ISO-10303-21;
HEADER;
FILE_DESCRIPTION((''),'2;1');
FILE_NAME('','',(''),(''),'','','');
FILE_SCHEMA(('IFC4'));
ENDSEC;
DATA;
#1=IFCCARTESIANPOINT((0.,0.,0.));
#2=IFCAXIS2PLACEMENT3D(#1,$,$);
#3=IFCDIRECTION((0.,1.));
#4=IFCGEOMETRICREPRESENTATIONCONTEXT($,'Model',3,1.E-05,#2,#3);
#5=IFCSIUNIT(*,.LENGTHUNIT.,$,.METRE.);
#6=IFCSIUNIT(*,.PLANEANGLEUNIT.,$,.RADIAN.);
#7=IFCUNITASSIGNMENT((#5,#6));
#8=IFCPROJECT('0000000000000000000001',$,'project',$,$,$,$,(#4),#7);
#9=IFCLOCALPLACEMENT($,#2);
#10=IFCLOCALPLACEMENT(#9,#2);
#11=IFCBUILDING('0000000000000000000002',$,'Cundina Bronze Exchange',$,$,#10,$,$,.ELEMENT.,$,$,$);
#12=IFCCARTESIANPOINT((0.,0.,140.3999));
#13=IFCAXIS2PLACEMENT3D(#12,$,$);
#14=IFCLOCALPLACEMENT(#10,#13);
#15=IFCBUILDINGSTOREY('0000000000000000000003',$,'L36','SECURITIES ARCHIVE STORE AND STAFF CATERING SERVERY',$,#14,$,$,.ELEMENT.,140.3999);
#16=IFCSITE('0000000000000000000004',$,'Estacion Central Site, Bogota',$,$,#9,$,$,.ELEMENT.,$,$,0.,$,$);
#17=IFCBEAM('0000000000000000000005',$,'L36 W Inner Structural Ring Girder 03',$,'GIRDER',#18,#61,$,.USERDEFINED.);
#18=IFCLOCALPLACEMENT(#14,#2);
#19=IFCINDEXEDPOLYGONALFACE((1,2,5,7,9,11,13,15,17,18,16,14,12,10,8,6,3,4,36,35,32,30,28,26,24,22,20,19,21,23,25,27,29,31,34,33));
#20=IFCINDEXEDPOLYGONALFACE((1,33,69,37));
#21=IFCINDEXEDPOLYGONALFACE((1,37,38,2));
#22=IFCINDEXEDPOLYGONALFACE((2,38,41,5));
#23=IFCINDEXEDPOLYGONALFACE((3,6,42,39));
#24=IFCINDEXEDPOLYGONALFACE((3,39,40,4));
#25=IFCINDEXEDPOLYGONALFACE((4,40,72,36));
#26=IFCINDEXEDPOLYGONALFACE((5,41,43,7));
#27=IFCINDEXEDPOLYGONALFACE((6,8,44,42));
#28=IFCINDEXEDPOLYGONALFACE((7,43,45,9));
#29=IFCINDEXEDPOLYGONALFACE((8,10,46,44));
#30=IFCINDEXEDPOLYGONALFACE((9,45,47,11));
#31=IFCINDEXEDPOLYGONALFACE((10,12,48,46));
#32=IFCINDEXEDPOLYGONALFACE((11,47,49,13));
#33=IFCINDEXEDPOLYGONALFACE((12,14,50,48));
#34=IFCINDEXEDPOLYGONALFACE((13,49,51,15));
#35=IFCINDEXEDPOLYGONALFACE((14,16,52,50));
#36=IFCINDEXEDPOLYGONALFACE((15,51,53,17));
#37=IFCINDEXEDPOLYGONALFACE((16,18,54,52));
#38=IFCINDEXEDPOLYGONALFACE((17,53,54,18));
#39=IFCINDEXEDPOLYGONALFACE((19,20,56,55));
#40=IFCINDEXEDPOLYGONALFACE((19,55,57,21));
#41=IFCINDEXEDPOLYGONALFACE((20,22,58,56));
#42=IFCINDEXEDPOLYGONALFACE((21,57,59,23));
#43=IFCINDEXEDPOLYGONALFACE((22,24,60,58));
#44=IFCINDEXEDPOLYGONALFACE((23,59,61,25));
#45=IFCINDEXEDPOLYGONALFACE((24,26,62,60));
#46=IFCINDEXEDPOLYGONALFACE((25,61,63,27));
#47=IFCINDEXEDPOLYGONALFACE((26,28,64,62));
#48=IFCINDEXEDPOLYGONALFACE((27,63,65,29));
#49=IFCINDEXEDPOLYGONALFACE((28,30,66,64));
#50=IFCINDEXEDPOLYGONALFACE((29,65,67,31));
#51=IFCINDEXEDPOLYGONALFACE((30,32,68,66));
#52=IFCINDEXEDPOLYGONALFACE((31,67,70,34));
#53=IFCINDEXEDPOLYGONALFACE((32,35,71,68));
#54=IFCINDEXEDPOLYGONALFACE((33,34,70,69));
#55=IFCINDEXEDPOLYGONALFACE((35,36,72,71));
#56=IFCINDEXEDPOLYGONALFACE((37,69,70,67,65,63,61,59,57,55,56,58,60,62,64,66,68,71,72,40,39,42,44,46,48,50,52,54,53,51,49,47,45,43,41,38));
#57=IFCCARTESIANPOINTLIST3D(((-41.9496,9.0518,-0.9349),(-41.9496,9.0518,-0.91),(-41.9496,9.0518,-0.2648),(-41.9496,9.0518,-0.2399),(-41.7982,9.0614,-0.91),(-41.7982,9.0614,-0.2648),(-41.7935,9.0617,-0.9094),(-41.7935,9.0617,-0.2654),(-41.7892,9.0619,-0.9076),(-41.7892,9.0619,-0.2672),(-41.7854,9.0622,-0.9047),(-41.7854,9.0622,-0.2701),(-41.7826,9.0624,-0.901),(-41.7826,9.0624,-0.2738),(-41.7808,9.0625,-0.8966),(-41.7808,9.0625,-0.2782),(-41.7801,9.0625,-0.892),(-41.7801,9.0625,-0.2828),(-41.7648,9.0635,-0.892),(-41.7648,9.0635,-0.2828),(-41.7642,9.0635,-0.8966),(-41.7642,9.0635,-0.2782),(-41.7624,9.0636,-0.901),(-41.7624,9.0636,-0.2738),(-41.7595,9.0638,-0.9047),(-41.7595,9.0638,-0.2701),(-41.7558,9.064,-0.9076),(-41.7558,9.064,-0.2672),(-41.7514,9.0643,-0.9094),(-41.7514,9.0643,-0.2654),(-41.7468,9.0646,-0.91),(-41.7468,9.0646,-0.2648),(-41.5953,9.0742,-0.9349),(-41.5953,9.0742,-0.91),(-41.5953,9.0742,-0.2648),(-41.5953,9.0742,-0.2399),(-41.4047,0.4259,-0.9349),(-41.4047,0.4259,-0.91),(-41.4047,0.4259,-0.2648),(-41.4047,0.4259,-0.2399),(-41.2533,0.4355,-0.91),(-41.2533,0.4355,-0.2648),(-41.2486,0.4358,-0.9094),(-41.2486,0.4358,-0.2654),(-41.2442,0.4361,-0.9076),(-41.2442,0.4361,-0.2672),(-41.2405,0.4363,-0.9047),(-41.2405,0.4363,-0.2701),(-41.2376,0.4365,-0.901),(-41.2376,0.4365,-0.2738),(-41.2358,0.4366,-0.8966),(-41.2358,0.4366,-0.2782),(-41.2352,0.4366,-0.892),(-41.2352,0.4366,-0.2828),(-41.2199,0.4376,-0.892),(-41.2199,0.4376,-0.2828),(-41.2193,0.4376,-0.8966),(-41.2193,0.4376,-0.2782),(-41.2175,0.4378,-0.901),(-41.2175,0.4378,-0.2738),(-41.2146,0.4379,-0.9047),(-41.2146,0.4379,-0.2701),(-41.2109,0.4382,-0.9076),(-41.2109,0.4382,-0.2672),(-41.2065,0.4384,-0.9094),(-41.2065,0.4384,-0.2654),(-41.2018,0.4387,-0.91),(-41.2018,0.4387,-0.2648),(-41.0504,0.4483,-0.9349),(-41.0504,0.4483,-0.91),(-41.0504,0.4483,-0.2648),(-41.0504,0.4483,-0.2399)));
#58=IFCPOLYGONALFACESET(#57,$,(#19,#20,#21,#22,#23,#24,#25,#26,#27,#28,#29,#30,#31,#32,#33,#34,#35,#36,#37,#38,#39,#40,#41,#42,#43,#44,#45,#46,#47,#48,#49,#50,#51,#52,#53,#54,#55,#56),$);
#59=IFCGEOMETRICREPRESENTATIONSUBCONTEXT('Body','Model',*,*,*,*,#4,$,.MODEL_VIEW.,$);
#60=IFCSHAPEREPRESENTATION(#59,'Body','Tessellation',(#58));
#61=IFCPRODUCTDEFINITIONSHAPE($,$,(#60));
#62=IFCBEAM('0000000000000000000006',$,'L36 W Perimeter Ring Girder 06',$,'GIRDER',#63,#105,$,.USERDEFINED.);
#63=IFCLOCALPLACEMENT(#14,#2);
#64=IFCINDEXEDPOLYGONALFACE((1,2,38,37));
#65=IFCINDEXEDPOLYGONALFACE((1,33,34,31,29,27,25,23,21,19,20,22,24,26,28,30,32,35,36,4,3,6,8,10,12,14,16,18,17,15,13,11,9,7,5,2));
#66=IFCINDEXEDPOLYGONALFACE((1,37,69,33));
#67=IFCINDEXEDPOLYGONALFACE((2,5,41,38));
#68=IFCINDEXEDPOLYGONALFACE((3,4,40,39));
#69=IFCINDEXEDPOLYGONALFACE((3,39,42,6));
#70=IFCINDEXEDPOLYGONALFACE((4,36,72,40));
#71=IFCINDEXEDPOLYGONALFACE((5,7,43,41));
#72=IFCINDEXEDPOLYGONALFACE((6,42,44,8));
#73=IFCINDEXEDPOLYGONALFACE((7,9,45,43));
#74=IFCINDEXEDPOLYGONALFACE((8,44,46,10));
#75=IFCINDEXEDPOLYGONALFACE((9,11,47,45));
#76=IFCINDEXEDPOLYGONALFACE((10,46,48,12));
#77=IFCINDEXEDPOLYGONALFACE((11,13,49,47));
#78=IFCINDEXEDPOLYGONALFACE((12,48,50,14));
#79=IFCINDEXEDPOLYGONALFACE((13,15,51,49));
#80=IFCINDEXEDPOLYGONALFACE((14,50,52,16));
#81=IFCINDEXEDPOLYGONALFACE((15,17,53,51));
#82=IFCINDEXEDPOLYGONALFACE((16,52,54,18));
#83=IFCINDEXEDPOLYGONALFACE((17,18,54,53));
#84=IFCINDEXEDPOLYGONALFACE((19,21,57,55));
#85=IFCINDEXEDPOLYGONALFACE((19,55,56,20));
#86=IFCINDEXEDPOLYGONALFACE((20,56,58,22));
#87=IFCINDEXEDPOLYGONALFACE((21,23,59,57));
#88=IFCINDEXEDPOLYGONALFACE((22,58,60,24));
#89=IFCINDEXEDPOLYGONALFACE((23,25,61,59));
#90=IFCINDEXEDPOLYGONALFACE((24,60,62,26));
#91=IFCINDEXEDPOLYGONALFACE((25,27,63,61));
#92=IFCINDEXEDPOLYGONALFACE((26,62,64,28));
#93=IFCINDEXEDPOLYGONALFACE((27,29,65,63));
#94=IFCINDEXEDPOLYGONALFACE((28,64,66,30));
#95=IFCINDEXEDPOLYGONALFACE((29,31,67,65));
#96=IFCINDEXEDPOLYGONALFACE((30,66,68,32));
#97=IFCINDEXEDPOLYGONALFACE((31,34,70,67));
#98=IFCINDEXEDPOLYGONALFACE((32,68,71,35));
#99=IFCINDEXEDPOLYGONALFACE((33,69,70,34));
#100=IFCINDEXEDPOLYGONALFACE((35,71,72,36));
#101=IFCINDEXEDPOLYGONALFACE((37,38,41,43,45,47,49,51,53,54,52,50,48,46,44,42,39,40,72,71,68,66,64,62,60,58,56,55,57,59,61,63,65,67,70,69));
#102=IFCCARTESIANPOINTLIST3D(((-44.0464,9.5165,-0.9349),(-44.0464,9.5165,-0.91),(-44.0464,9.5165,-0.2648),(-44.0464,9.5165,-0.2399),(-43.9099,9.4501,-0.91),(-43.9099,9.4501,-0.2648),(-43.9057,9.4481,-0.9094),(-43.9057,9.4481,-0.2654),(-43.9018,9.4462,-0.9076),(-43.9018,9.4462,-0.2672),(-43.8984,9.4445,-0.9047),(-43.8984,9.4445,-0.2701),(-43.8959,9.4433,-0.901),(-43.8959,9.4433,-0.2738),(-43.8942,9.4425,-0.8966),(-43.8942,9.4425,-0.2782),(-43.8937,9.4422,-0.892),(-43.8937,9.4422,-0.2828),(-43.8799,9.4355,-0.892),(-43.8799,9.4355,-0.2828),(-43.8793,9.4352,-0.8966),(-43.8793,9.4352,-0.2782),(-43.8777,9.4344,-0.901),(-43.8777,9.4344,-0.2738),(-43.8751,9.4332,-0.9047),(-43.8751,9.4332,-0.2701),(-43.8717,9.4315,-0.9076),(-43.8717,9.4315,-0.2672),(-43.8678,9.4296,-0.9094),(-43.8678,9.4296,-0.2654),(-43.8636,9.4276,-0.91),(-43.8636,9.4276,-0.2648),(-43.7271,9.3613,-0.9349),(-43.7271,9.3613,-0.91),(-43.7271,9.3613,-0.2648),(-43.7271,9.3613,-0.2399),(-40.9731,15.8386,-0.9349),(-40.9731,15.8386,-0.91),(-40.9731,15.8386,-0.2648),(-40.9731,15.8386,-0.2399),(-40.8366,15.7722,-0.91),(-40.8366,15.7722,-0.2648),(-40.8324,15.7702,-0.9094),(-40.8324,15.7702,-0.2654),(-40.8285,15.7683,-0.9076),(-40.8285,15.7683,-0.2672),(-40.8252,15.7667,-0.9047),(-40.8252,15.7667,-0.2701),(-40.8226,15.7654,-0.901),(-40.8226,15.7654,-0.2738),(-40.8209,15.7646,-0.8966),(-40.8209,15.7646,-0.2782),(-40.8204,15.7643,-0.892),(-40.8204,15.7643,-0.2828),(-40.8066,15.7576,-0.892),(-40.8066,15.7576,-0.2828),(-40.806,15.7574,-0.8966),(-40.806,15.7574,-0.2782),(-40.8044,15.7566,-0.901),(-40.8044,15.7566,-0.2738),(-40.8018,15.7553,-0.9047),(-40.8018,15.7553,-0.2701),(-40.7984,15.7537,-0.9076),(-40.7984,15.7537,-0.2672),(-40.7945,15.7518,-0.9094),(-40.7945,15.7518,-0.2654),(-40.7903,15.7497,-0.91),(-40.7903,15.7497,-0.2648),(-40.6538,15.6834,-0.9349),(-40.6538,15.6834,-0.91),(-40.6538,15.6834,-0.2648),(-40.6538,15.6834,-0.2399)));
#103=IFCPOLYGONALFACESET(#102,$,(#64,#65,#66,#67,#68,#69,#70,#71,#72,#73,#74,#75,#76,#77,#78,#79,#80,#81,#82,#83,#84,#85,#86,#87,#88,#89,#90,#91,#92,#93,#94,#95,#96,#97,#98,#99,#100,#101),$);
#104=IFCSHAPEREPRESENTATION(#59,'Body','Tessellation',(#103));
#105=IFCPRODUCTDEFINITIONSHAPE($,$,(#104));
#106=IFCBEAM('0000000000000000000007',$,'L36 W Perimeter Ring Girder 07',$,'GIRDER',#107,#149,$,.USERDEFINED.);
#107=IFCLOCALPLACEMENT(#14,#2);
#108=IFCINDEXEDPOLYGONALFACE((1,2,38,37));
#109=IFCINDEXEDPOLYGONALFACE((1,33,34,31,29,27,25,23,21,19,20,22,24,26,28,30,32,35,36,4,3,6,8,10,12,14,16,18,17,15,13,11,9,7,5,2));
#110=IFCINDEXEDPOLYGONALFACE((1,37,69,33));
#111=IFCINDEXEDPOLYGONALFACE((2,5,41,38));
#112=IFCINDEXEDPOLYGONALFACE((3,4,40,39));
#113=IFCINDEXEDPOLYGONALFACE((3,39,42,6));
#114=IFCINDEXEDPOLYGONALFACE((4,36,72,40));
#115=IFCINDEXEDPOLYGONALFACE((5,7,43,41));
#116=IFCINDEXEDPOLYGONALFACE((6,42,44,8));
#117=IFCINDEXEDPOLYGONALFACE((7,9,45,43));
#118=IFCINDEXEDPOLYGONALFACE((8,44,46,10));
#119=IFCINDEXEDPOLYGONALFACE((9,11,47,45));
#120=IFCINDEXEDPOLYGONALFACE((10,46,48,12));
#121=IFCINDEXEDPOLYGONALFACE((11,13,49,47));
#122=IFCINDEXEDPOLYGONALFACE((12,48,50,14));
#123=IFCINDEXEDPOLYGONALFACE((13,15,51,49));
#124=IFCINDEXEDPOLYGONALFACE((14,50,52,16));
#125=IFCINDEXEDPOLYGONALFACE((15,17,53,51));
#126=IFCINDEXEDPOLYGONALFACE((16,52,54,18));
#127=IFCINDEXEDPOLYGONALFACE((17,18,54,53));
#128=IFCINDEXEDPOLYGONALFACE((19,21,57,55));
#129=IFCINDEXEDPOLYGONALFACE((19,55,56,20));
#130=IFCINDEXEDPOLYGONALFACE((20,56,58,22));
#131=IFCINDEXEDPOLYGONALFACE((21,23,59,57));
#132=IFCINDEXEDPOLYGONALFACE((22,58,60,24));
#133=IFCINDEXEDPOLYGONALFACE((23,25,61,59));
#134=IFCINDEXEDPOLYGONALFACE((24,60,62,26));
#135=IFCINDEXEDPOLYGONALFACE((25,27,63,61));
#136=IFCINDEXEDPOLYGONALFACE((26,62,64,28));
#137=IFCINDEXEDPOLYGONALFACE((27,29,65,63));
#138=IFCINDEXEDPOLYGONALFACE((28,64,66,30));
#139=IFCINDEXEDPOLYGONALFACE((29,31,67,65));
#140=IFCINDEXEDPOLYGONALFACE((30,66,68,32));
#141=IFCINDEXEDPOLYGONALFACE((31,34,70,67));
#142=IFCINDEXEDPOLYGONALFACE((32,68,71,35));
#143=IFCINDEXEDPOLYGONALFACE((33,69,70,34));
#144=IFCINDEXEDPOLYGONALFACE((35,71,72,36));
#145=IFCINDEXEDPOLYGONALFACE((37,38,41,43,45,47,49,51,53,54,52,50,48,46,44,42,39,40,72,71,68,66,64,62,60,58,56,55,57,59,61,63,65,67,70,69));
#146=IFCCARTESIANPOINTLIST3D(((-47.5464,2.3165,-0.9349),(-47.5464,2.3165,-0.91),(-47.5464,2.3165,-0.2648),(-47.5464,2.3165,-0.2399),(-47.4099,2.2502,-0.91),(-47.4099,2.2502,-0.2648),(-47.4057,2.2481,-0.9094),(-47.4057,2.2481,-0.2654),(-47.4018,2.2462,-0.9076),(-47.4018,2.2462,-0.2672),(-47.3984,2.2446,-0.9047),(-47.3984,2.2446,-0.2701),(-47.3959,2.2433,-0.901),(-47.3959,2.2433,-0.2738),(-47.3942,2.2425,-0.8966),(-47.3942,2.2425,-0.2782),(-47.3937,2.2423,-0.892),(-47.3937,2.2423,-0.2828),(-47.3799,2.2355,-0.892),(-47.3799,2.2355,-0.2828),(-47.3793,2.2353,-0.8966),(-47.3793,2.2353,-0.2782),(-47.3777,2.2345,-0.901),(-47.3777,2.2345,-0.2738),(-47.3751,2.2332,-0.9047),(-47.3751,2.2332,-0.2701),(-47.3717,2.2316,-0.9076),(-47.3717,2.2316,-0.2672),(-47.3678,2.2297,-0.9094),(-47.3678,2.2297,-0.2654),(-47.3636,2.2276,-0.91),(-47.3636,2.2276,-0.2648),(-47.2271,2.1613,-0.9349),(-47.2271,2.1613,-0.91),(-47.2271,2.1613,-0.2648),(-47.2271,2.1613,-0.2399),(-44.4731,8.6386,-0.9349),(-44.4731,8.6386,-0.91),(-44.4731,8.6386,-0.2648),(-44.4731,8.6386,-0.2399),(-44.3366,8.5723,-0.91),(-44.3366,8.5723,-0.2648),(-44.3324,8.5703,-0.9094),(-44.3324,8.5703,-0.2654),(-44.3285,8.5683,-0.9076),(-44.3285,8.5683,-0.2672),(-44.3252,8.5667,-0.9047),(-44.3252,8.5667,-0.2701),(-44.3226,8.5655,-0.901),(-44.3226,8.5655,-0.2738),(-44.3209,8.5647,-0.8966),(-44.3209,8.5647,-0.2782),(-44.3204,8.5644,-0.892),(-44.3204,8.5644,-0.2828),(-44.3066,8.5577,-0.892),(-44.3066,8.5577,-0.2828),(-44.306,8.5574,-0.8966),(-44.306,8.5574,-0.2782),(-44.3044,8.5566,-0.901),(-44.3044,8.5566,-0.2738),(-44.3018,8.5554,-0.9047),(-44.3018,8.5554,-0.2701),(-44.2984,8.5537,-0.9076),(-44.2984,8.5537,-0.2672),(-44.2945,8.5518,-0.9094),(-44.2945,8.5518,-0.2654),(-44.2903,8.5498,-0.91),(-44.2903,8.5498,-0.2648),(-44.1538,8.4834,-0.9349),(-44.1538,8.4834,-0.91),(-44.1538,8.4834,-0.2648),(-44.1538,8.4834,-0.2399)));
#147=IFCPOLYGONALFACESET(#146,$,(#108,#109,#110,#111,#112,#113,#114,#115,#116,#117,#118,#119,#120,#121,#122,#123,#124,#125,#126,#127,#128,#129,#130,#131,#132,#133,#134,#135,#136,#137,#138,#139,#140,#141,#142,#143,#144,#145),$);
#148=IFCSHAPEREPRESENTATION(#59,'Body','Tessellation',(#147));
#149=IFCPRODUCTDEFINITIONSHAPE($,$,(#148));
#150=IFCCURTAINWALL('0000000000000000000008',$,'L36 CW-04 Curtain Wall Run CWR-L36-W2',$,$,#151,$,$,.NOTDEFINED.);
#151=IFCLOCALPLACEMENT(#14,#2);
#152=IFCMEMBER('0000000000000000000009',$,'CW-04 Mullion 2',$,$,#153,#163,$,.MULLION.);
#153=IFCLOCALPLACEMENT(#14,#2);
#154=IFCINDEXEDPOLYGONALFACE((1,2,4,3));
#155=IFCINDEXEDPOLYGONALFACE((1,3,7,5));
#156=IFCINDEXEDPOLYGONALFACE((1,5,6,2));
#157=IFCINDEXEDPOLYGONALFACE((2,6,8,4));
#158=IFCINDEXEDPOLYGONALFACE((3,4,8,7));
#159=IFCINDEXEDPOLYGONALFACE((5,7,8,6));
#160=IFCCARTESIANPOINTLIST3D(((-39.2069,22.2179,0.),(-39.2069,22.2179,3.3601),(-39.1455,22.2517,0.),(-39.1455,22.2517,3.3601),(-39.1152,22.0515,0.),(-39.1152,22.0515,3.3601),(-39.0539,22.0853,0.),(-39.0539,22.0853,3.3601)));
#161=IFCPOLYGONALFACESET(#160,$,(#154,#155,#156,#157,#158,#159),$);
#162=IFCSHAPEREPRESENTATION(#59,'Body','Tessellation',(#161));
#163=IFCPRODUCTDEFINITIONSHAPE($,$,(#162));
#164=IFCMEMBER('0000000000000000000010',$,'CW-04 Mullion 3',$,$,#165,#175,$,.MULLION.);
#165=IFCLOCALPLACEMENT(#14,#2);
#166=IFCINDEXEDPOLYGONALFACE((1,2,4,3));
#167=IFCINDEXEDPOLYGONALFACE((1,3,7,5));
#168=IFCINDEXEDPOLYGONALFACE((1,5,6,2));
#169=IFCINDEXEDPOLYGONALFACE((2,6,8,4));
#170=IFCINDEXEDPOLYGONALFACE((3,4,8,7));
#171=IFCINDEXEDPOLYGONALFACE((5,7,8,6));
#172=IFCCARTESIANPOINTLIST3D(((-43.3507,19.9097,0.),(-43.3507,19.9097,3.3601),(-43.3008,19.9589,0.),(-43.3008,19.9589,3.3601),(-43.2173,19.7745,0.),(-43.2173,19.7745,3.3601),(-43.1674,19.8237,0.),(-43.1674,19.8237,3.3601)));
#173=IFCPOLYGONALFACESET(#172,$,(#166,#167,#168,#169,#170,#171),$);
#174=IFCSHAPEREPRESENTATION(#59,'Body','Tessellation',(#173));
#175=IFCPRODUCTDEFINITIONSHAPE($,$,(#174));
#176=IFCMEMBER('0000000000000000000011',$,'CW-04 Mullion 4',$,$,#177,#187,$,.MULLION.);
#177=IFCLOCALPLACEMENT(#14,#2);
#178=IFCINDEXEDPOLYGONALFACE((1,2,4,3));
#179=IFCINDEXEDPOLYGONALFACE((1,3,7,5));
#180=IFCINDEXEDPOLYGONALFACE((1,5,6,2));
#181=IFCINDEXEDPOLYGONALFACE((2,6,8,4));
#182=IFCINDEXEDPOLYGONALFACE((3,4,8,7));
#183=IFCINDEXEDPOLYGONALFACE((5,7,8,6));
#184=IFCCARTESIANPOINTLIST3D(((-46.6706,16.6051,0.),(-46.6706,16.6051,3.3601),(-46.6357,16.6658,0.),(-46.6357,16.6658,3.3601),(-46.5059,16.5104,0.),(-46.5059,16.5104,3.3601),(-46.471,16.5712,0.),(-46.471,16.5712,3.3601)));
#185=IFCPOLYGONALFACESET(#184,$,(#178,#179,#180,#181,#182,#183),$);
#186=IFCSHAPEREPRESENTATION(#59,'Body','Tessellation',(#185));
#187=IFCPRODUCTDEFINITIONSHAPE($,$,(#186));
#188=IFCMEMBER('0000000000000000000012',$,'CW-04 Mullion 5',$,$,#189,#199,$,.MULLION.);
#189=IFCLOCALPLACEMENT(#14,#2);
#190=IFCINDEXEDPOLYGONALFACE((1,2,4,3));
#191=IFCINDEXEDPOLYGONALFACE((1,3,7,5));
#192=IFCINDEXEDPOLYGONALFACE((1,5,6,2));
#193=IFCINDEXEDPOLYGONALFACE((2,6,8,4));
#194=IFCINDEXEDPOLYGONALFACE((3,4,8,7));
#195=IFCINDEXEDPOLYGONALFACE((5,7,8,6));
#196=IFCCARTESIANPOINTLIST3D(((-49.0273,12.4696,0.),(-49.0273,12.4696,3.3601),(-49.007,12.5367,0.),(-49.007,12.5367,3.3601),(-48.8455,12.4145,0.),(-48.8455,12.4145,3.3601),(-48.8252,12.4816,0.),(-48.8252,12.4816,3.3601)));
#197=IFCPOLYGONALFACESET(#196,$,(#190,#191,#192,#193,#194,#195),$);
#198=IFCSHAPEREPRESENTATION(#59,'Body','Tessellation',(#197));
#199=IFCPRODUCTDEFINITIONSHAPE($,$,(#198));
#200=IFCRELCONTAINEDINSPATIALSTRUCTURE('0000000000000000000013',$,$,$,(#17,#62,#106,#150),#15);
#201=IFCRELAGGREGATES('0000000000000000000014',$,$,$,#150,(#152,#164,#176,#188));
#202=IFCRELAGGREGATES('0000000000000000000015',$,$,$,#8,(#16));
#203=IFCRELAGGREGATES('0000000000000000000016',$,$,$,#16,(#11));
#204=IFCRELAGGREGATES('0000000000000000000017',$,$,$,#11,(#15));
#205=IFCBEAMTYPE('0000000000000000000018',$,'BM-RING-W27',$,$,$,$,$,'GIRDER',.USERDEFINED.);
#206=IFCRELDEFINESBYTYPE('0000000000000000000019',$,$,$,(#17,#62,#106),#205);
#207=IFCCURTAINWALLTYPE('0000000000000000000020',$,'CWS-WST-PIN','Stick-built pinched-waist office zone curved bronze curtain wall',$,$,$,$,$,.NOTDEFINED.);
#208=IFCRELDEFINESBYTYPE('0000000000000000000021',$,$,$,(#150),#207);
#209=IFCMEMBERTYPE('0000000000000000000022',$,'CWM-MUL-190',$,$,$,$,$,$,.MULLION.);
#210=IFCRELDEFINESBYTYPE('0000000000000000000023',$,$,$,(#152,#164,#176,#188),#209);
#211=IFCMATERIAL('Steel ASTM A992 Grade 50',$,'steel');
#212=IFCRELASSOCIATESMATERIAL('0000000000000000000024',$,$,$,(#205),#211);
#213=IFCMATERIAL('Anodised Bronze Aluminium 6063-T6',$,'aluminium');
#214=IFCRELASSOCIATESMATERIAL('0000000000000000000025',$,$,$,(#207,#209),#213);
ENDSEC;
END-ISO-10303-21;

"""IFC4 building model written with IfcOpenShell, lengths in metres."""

from ifc_helpers import new_model, si_unit, direction, frame, origin, origin_2d, place, context, subcontext, project, spatial, rectangle, i_section, extrude, material, material_profile, profile_set, type_object, element, aggregate, save


model = new_model("IFC4")

# Units and contexts
model_context = context("Model", 3, precision=1e-05, world=origin(), true_north=direction((0.0, 1.0)))
body_context = subcontext(model_context, "Body", "Model", "MODEL_VIEW")
ifc_project = project(units=[si_unit("LENGTHUNIT", "METRE"), si_unit("PLANEANGLEUNIT", "RADIAN")], contexts=[model_context])

# Site, building, storey
site_placement = place(None, origin())
site = spatial("IfcSite", under=ifc_project, at=site_placement, Name="Estacion Central Site, Bogota", CompositionType="ELEMENT", RefElevation=0.0)
building_placement = place(site_placement, origin())
building = spatial("IfcBuilding", under=site, at=building_placement, Name="Cundina Bronze Exchange", CompositionType="ELEMENT")
storey_placement = place(building_placement, frame((0.0, 0.0, 140.3999)))
storey = spatial("IfcBuildingStorey", under=building, at=storey_placement, Name="L36", Description="SECURITIES ARCHIVE STORE AND STAFF CATERING SERVERY", CompositionType="ELEMENT", Elevation=140.3999)

# Beams
ifc_material_1 = material(Name="Steel ASTM A992 Grade 50", Category="steel")
ifc_material_profile_1 = material_profile(ifc_material_1, i_section(OverallWidth=0.355, OverallDepth=0.6951, WebThickness=0.0154, FlangeThickness=0.0249, FilletRadius=0.0181, at=origin_2d()), Name="W27X146", Category="steel")
ifc_profile_set_1 = profile_set([ifc_material_profile_1], Name="Steel ASTM A992 Grade 50")
beam_type_1 = type_object("IfcBeamType", Name="BM-RING-W27", ElementType="GIRDER", PredefinedType="USERDEFINED", material=ifc_profile_set_1)
beam_1_placement = place(storey_placement, frame((-41.7725, 9.063, -0.5874), z_axis=(0.063047, -0.998011, 0.0), x_axis=(0.998011, 0.063047, 0.0)))
element("IfcBeam", 1, at=beam_1_placement, inside=storey, type_object=beam_type_1, Name="L36 W Inner Structural Ring Girder 03", ObjectType="GIRDER", PredefinedType="USERDEFINED", context=body_context, shape_type="SweptSolid", body=[
    extrude(i_section(OverallWidth=0.355, OverallDepth=0.6951, WebThickness=0.0154, FlangeThickness=0.0249, FilletRadius=0.0181, at=origin_2d()), origin(), (0.0, 0.0, 1.0), 8.6431),
])
for number, where, z_axis, x_axis, name in (
    (2, (-40.8135, 15.761, -0.5874), (-0.437197, -0.899366, 0.0), (0.899366, -0.437197, 0.0), "L36 W Perimeter Ring Girder 06"),
    (3, (-44.3135, 8.561, -0.5874), (-0.437197, -0.899366, 0.0), (0.899366, -0.437197, 0.0), "L36 W Perimeter Ring Girder 07"),
):
    element("IfcBeam", number, at=place(storey_placement, frame(where, z_axis=z_axis, x_axis=x_axis)), inside=storey, type_object=beam_type_1, Name=name, ObjectType="GIRDER", PredefinedType="USERDEFINED", context=body_context, shape_type="SweptSolid", body=[
        extrude(i_section(OverallWidth=0.355, OverallDepth=0.6951, WebThickness=0.0154, FlangeThickness=0.0249, FilletRadius=0.0181, at=origin_2d()), origin(), (0.0, 0.0, 1.0), 7.0295),
    ])

# Curtain wall, members
ifc_material_2 = material(Name="Anodised Bronze Aluminium 6063-T6", Category="aluminium")
curtain_wall_type = type_object("IfcCurtainWallType", Name="CWS-WST-PIN", Description="Stick-built pinched-waist office zone curved bronze curtain wall", PredefinedType="NOTDEFINED", material=ifc_material_2)
curtain_wall_placement = place(storey_placement, origin())
curtain_wall = element("IfcCurtainWall", 4, at=curtain_wall_placement, inside=storey, type_object=curtain_wall_type, Name="L36 CW-04 Curtain Wall Run CWR-L36-W2", PredefinedType="NOTDEFINED")
ifc_material_profile_2 = material_profile(ifc_material_2, rectangle(XDim=0.0701, YDim=0.1899, at=origin_2d()), Name="AL70X190", Category="aluminium")
ifc_profile_set_2 = profile_set([ifc_material_profile_2], Name="Anodised Bronze Aluminium 6063-T6")
member_type_1 = type_object("IfcMemberType", Name="CWM-MUL-190", PredefinedType="MULLION", material=ifc_profile_set_2)
member_1_placement = place(storey_placement, frame((-39.1304, 22.1516, 0.0), z_axis=(0.0, 0.0, 1.0), x_axis=(-0.875886, -0.482518, 0.0)))
member_1 = element("IfcMember", 5, at=member_1_placement, type_object=member_type_1, Name="CW-04 Mullion 2", PredefinedType="MULLION", context=body_context, shape_type="SweptSolid", body=[
    extrude(rectangle(XDim=0.0701, YDim=0.1899, at=origin_2d()), origin(), (0.0, 0.0, 1.0), 3.3601),
])
member_2_placement = place(storey_placement, frame((-43.259, 19.8667, 0.0), z_axis=(0.0, 0.0, 1.0), x_axis=(-0.712026, -0.702153, 0.0)))
member_2 = element("IfcMember", 6, at=member_2_placement, type_object=member_type_1, Name="CW-04 Mullion 3", PredefinedType="MULLION", context=body_context, shape_type="SweptSolid", body=[
    extrude(rectangle(XDim=0.0701, YDim=0.1899, at=origin_2d()), origin(), (0.0, 0.0, 1.0), 3.3601),
])
member_3_placement = place(storey_placement, frame((-46.5708, 16.5881, 0.0), z_axis=(0.0, 0.0, 1.0), x_axis=(-0.498488, -0.866897, 0.0)))
member_3 = element("IfcMember", 7, at=member_3_placement, type_object=member_type_1, Name="CW-04 Mullion 4", PredefinedType="MULLION", context=body_context, shape_type="SweptSolid", body=[
    extrude(rectangle(XDim=0.0701, YDim=0.1899, at=origin_2d()), origin(), (0.0, 0.0, 1.0), 3.3601),
])
member_4_placement = place(storey_placement, frame((-48.9263, 12.4756, 0.0), z_axis=(0.0, 0.0, 1.0), x_axis=(-0.290034, -0.957016, 0.0)))
member_4 = element("IfcMember", 8, at=member_4_placement, type_object=member_type_1, Name="CW-04 Mullion 5", PredefinedType="MULLION", context=body_context, shape_type="SweptSolid", body=[
    extrude(rectangle(XDim=0.0701, YDim=0.1899, at=origin_2d()), origin(), (0.0, 0.0, 1.0), 3.3601),
])
aggregate(curtain_wall, [member_1, member_2, member_3, member_4])

save(model, "model.ifc")
